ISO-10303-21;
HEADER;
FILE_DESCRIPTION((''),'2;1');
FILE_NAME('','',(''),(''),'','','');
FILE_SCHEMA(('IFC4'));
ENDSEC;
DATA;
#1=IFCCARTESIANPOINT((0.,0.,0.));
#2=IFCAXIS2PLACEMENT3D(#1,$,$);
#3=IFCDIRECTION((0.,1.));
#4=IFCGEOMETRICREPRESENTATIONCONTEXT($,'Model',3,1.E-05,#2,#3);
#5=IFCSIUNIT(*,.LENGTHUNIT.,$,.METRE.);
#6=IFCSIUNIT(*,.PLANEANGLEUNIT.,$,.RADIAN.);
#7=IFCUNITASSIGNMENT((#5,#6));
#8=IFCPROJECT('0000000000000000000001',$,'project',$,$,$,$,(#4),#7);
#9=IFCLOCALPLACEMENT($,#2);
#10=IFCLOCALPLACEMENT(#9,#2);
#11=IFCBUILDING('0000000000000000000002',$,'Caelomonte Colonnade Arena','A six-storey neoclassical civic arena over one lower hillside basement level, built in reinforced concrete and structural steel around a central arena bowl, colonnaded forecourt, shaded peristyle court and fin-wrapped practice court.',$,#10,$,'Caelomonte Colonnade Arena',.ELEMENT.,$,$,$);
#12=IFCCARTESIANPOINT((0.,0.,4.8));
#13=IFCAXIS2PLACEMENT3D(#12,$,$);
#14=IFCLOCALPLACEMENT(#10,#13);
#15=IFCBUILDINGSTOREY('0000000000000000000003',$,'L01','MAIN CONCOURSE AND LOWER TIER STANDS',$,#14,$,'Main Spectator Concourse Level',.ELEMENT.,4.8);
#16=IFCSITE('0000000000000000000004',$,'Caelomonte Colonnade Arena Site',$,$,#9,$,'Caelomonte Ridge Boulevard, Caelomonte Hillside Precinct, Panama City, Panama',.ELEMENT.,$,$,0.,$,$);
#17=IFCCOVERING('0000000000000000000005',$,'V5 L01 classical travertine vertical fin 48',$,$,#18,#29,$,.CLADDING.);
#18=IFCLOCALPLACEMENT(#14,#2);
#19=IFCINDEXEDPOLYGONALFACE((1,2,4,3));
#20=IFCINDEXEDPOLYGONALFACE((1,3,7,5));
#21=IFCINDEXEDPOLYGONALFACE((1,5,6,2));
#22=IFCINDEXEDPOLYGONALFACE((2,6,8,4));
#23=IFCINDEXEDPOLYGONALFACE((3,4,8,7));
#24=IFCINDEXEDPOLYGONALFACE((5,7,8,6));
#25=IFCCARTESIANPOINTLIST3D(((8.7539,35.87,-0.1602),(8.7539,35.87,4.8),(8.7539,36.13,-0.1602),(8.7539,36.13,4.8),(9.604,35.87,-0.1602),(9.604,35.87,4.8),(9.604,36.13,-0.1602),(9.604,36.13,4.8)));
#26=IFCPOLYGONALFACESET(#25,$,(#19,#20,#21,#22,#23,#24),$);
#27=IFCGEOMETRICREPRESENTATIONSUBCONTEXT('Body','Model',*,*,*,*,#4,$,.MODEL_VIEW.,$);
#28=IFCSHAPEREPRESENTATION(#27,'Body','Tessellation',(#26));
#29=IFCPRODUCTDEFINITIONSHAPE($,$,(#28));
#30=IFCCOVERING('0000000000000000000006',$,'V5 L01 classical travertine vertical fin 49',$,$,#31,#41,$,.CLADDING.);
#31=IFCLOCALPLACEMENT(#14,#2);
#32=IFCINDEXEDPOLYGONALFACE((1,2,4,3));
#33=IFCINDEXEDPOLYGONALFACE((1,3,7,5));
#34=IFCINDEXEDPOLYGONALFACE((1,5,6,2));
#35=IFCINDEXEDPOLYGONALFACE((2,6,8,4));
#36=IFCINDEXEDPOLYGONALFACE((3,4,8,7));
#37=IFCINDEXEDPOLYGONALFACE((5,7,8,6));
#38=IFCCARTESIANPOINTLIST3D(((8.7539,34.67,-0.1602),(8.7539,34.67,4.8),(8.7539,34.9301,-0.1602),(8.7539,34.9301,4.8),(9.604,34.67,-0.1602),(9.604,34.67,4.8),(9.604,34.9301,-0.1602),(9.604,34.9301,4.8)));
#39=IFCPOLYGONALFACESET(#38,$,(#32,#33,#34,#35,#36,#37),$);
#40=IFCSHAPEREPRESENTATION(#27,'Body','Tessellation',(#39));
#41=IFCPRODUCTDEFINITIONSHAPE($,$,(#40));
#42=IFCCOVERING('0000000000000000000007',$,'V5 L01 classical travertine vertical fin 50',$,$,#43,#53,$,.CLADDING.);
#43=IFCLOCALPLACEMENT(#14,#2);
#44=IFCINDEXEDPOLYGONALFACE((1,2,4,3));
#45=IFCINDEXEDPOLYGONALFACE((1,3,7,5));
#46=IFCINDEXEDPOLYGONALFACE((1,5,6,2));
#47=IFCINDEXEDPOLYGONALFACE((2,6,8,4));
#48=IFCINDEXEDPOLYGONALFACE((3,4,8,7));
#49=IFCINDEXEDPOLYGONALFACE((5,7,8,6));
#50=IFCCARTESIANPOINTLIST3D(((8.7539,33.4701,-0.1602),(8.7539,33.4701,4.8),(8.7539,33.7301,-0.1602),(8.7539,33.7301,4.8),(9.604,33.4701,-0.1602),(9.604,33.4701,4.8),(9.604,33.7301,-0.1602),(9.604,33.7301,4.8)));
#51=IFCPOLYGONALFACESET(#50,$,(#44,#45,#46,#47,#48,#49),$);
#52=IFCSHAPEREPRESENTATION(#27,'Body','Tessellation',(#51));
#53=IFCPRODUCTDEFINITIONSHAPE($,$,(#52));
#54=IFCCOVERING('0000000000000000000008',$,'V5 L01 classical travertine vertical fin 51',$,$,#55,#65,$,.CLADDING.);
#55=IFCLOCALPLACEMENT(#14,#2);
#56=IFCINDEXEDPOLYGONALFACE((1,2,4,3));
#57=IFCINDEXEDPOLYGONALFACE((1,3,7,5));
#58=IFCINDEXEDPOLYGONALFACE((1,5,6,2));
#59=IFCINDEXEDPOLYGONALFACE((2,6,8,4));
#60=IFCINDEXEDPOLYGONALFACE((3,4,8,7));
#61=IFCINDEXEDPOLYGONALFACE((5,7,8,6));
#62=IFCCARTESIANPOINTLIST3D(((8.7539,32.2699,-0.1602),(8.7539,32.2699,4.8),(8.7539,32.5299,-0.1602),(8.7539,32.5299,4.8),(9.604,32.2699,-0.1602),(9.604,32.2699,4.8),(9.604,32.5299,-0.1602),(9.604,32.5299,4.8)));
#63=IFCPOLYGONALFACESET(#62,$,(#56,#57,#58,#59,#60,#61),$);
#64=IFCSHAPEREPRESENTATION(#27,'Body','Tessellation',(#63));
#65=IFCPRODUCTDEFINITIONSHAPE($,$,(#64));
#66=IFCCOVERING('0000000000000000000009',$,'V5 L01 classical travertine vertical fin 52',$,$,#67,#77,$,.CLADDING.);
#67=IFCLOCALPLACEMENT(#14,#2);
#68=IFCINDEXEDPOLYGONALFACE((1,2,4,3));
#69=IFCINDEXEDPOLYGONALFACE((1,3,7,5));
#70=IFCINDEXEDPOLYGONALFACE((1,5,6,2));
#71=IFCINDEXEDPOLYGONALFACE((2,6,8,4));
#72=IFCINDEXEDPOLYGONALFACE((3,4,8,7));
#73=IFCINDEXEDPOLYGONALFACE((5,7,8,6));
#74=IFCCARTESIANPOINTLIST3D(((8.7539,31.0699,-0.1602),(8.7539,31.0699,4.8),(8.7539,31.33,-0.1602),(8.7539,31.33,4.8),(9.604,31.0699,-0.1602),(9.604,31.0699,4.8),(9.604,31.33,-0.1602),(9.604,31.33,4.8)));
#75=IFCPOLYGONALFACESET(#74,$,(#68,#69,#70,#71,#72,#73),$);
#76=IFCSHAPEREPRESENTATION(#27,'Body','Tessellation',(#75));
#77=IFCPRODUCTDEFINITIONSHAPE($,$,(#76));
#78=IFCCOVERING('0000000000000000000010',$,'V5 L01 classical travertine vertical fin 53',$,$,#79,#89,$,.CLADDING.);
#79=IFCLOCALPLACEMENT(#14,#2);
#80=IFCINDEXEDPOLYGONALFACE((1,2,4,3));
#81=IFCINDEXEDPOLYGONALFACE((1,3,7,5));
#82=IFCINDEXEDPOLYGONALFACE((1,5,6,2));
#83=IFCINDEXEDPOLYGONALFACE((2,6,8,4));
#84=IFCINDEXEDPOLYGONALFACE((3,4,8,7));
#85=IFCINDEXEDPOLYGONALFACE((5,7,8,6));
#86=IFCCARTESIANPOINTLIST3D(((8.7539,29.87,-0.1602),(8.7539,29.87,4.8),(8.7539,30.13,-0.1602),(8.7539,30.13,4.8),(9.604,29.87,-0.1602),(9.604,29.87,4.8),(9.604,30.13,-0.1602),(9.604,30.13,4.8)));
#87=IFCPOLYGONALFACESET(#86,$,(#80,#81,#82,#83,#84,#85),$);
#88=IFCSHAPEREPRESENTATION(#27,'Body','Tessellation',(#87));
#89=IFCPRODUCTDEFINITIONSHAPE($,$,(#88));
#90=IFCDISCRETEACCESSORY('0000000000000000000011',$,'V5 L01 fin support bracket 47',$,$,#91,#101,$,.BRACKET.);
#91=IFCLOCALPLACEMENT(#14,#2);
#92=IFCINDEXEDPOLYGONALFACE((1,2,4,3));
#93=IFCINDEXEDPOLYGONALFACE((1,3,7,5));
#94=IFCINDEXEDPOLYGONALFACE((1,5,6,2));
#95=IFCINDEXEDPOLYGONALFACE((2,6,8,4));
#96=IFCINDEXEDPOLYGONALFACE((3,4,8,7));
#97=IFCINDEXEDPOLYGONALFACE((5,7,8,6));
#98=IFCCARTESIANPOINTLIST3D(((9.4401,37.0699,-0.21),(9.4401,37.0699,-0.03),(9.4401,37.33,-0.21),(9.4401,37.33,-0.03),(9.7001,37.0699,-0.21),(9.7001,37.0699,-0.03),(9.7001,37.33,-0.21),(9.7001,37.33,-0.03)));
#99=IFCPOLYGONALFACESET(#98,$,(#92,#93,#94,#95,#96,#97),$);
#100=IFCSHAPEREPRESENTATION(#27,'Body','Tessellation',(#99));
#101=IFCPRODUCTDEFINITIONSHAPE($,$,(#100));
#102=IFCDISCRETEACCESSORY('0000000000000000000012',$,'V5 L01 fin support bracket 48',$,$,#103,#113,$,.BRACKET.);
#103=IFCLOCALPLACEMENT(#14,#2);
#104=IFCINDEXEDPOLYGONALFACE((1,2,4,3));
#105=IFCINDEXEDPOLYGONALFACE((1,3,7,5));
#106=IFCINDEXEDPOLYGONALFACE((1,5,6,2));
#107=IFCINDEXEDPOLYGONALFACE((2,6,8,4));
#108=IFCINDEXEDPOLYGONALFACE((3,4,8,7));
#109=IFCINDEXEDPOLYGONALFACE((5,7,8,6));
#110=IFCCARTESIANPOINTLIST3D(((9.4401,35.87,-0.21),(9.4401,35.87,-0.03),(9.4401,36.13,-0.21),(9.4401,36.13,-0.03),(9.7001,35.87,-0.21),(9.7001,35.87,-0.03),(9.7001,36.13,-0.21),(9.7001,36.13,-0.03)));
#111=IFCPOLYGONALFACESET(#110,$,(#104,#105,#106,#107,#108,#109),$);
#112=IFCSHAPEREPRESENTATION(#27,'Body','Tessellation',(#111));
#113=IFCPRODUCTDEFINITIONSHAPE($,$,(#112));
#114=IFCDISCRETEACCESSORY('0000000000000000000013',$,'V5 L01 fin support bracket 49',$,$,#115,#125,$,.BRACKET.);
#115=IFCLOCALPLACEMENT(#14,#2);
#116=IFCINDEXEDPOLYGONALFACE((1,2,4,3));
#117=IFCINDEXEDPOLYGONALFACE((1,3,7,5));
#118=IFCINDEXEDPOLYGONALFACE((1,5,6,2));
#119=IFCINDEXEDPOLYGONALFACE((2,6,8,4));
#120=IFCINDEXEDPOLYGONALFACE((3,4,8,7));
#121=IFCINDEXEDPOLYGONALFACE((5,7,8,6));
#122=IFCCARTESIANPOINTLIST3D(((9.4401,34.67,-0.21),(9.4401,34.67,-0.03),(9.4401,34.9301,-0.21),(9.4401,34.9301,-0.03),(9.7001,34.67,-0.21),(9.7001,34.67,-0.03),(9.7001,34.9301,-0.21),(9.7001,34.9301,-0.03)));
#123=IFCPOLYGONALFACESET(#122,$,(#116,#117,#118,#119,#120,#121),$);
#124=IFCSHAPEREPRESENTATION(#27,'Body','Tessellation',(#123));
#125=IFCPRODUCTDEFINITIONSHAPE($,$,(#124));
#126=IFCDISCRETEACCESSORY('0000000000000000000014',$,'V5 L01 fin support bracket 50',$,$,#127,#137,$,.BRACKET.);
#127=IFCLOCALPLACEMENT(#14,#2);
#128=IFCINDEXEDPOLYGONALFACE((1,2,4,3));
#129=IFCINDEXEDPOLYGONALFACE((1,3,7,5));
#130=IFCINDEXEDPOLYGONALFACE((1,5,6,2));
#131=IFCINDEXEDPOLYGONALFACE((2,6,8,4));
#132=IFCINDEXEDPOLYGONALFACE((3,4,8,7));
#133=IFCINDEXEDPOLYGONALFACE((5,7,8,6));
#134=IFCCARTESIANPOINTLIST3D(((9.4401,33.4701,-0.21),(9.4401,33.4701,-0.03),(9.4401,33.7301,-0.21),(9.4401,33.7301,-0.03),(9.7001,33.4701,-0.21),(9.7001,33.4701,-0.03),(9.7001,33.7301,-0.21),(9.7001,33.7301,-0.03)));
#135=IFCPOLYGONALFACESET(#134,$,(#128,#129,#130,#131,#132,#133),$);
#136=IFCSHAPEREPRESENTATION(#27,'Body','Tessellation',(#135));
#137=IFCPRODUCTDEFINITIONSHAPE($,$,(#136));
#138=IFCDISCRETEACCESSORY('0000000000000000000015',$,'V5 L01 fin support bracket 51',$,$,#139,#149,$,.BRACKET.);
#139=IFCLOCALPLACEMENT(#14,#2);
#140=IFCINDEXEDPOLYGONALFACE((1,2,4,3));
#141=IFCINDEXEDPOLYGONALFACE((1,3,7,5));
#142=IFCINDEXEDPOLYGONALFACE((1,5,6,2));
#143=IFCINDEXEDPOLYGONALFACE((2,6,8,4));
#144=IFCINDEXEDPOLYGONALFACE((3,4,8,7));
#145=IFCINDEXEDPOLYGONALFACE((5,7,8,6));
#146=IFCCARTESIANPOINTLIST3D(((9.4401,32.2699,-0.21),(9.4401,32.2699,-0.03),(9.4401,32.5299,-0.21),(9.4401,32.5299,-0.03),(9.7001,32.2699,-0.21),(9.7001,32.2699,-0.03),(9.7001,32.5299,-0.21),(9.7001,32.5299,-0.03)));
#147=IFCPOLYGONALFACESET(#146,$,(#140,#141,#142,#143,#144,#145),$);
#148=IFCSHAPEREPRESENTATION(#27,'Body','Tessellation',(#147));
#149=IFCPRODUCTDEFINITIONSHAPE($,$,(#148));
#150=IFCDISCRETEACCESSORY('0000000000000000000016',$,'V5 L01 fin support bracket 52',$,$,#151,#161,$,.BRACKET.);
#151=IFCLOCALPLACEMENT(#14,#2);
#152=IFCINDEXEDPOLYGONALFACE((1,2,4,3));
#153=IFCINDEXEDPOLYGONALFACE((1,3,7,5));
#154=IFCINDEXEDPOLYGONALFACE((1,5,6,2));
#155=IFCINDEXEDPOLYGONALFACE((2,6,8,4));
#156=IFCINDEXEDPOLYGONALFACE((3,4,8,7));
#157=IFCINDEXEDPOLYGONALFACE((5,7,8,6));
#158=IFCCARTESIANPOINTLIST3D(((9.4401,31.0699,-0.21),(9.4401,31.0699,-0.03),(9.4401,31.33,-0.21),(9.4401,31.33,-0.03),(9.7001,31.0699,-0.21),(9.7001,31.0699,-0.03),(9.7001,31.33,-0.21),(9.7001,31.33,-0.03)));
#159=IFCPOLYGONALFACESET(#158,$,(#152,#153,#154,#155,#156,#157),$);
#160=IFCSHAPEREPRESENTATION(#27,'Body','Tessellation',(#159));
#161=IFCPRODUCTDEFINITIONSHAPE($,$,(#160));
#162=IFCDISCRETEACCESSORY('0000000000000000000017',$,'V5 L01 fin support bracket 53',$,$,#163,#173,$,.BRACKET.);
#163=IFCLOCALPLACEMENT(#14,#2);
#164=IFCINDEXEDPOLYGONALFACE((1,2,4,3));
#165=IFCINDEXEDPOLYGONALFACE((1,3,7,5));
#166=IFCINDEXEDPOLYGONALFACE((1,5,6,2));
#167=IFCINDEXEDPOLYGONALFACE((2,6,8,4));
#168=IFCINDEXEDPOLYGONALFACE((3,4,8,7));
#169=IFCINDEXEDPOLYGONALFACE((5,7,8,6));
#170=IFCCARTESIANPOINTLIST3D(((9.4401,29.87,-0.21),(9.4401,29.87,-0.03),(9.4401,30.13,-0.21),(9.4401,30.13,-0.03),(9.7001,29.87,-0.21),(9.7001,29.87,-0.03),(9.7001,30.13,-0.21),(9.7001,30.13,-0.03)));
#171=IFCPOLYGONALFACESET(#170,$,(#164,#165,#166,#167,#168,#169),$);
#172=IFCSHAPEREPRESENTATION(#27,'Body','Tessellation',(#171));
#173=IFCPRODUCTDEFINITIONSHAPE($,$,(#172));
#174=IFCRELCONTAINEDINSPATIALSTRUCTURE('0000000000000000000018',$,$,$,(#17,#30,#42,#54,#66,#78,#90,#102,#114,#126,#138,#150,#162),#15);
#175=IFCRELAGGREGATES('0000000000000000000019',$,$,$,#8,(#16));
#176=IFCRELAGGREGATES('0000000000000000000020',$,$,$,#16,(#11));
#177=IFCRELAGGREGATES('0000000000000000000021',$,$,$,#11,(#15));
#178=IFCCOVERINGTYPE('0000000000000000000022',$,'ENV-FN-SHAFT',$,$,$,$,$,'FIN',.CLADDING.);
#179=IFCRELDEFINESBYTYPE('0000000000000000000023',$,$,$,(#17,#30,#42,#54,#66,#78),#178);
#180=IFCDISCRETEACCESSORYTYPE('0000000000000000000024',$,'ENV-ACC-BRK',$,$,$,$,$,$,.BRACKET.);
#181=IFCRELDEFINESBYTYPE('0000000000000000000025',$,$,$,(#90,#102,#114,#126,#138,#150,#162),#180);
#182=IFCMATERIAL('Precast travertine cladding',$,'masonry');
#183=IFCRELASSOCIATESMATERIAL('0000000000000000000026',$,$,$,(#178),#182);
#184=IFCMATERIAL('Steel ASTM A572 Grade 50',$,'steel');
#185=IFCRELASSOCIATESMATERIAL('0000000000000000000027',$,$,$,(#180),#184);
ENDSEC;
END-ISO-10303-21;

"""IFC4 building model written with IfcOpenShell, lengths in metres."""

from ifc_helpers import new_model, si_unit, direction, frame, origin, origin_2d, place, context, subcontext, project, spatial, rectangle, extrude, material, material_profile, profile_set, type_object, element, save


model = new_model("IFC4")

# Units and contexts
model_context = context("Model", 3, precision=1e-05, world=origin(), true_north=direction((0.0, 1.0)))
body_context = subcontext(model_context, "Body", "Model", "MODEL_VIEW")
ifc_project = project(units=[si_unit("LENGTHUNIT", "METRE"), si_unit("PLANEANGLEUNIT", "RADIAN")], contexts=[model_context])

# Site, building, storey
site_placement = place(None, origin())
site = spatial("IfcSite", under=ifc_project, at=site_placement, Name="Caelomonte Colonnade Arena Site", LongName="Caelomonte Ridge Boulevard, Caelomonte Hillside Precinct, Panama City, Panama", CompositionType="ELEMENT", RefElevation=0.0)
building_placement = place(site_placement, origin())
building = spatial("IfcBuilding", under=site, at=building_placement, Name="Caelomonte Colonnade Arena", Description="A six-storey neoclassical civic arena over one lower hillside basement level, built in reinforced concrete and structural steel around a central arena bowl, colonnaded forecourt, shaded peristyle court and fin-wrapped practice court.", LongName="Caelomonte Colonnade Arena", CompositionType="ELEMENT")
storey_placement = place(building_placement, frame((0.0, 0.0, 4.8)))
storey = spatial("IfcBuildingStorey", under=building, at=storey_placement, Name="L01", Description="MAIN CONCOURSE AND LOWER TIER STANDS", LongName="Main Spectator Concourse Level", CompositionType="ELEMENT", Elevation=4.8)

# Coverings
ifc_material_1 = material(Name="Precast travertine cladding", Category="masonry")
ifc_material_profile_1 = material_profile(ifc_material_1, rectangle(XDim=0.26, YDim=0.8501, at=origin_2d()), Name="FIN260X850")
ifc_profile_set_1 = profile_set([ifc_material_profile_1], Name="Precast travertine cladding")
covering_type = type_object("IfcCoveringType", Name="ENV-FN-SHAFT", ElementType="FIN", PredefinedType="CLADDING", material=ifc_profile_set_1)
for number, where, z_axis, x_axis, name in (
    (1, (9.179, 36.0, -0.1602), (0.0, 0.0, 1.0), (0.0, 1.0, 0.0), "V5 L01 classical travertine vertical fin 48"),
    (2, (9.179, 34.8, -0.1602), (0.0, 0.0, 1.0), (0.0, 1.0, 0.0), "V5 L01 classical travertine vertical fin 49"),
    (3, (9.179, 33.6001, -0.1602), (0.0, 0.0, 1.0), (0.0, 1.0, 0.0), "V5 L01 classical travertine vertical fin 50"),
    (4, (9.179, 32.3999, -0.1602), (0.0, 0.0, 1.0), (0.0, 1.0, 0.0), "V5 L01 classical travertine vertical fin 51"),
    (5, (9.179, 31.2, -0.1602), (0.0, 0.0, 1.0), (0.0, 1.0, 0.0), "V5 L01 classical travertine vertical fin 52"),
    (6, (9.179, 30.0, -0.1602), (0.0, 0.0, 1.0), (0.0, 1.0, 0.0), "V5 L01 classical travertine vertical fin 53"),
):
    element("IfcCovering", number, at=place(storey_placement, frame(where, z_axis=z_axis, x_axis=x_axis)), inside=storey, type_object=covering_type, Name=name, PredefinedType="CLADDING", context=body_context, shape_type="SweptSolid", body=[
        extrude(rectangle(XDim=0.26, YDim=0.8501, at=origin_2d()), origin(), (0.0, 0.0, 1.0), 4.9602),
    ])

# Discrete accessories
ifc_material_2 = material(Name="Steel ASTM A572 Grade 50", Category="steel")
discrete_accessory_type = type_object("IfcDiscreteAccessoryType", Name="ENV-ACC-BRK", PredefinedType="BRACKET", material=ifc_material_2)
for number, where, z_axis, x_axis, name in (
    (7, (9.5701, 37.2, -0.21), (0.0, 0.0, 1.0), (0.0, -1.0, 0.0), "V5 L01 fin support bracket 47"),
    (8, (9.5701, 36.0, -0.21), (0.0, 0.0, 1.0), (0.0, -1.0, 0.0), "V5 L01 fin support bracket 48"),
    (9, (9.5701, 34.8, -0.21), (0.0, 0.0, 1.0), (0.0, -1.0, 0.0), "V5 L01 fin support bracket 49"),
    (10, (9.5701, 33.6001, -0.21), (0.0, 0.0, 1.0), (0.0, -1.0, 0.0), "V5 L01 fin support bracket 50"),
    (11, (9.5701, 32.3999, -0.21), (0.0, 0.0, 1.0), (0.0, -1.0, 0.0), "V5 L01 fin support bracket 51"),
    (12, (9.5701, 31.2, -0.21), (0.0, 0.0, 1.0), (0.0, -1.0, 0.0), "V5 L01 fin support bracket 52"),
    (13, (9.5701, 30.0, -0.21), (0.0, 0.0, 1.0), (0.0, -1.0, 0.0), "V5 L01 fin support bracket 53"),
):
    element("IfcDiscreteAccessory", number, at=place(storey_placement, frame(where, z_axis=z_axis, x_axis=x_axis)), inside=storey, type_object=discrete_accessory_type, Name=name, PredefinedType="BRACKET", context=body_context, shape_type="SweptSolid", body=[
        extrude(rectangle(XDim=0.26, YDim=0.26, at=origin_2d()), origin(), (0.0, 0.0, 1.0), 0.1799),
    ])

save(model, "model.ifc")
